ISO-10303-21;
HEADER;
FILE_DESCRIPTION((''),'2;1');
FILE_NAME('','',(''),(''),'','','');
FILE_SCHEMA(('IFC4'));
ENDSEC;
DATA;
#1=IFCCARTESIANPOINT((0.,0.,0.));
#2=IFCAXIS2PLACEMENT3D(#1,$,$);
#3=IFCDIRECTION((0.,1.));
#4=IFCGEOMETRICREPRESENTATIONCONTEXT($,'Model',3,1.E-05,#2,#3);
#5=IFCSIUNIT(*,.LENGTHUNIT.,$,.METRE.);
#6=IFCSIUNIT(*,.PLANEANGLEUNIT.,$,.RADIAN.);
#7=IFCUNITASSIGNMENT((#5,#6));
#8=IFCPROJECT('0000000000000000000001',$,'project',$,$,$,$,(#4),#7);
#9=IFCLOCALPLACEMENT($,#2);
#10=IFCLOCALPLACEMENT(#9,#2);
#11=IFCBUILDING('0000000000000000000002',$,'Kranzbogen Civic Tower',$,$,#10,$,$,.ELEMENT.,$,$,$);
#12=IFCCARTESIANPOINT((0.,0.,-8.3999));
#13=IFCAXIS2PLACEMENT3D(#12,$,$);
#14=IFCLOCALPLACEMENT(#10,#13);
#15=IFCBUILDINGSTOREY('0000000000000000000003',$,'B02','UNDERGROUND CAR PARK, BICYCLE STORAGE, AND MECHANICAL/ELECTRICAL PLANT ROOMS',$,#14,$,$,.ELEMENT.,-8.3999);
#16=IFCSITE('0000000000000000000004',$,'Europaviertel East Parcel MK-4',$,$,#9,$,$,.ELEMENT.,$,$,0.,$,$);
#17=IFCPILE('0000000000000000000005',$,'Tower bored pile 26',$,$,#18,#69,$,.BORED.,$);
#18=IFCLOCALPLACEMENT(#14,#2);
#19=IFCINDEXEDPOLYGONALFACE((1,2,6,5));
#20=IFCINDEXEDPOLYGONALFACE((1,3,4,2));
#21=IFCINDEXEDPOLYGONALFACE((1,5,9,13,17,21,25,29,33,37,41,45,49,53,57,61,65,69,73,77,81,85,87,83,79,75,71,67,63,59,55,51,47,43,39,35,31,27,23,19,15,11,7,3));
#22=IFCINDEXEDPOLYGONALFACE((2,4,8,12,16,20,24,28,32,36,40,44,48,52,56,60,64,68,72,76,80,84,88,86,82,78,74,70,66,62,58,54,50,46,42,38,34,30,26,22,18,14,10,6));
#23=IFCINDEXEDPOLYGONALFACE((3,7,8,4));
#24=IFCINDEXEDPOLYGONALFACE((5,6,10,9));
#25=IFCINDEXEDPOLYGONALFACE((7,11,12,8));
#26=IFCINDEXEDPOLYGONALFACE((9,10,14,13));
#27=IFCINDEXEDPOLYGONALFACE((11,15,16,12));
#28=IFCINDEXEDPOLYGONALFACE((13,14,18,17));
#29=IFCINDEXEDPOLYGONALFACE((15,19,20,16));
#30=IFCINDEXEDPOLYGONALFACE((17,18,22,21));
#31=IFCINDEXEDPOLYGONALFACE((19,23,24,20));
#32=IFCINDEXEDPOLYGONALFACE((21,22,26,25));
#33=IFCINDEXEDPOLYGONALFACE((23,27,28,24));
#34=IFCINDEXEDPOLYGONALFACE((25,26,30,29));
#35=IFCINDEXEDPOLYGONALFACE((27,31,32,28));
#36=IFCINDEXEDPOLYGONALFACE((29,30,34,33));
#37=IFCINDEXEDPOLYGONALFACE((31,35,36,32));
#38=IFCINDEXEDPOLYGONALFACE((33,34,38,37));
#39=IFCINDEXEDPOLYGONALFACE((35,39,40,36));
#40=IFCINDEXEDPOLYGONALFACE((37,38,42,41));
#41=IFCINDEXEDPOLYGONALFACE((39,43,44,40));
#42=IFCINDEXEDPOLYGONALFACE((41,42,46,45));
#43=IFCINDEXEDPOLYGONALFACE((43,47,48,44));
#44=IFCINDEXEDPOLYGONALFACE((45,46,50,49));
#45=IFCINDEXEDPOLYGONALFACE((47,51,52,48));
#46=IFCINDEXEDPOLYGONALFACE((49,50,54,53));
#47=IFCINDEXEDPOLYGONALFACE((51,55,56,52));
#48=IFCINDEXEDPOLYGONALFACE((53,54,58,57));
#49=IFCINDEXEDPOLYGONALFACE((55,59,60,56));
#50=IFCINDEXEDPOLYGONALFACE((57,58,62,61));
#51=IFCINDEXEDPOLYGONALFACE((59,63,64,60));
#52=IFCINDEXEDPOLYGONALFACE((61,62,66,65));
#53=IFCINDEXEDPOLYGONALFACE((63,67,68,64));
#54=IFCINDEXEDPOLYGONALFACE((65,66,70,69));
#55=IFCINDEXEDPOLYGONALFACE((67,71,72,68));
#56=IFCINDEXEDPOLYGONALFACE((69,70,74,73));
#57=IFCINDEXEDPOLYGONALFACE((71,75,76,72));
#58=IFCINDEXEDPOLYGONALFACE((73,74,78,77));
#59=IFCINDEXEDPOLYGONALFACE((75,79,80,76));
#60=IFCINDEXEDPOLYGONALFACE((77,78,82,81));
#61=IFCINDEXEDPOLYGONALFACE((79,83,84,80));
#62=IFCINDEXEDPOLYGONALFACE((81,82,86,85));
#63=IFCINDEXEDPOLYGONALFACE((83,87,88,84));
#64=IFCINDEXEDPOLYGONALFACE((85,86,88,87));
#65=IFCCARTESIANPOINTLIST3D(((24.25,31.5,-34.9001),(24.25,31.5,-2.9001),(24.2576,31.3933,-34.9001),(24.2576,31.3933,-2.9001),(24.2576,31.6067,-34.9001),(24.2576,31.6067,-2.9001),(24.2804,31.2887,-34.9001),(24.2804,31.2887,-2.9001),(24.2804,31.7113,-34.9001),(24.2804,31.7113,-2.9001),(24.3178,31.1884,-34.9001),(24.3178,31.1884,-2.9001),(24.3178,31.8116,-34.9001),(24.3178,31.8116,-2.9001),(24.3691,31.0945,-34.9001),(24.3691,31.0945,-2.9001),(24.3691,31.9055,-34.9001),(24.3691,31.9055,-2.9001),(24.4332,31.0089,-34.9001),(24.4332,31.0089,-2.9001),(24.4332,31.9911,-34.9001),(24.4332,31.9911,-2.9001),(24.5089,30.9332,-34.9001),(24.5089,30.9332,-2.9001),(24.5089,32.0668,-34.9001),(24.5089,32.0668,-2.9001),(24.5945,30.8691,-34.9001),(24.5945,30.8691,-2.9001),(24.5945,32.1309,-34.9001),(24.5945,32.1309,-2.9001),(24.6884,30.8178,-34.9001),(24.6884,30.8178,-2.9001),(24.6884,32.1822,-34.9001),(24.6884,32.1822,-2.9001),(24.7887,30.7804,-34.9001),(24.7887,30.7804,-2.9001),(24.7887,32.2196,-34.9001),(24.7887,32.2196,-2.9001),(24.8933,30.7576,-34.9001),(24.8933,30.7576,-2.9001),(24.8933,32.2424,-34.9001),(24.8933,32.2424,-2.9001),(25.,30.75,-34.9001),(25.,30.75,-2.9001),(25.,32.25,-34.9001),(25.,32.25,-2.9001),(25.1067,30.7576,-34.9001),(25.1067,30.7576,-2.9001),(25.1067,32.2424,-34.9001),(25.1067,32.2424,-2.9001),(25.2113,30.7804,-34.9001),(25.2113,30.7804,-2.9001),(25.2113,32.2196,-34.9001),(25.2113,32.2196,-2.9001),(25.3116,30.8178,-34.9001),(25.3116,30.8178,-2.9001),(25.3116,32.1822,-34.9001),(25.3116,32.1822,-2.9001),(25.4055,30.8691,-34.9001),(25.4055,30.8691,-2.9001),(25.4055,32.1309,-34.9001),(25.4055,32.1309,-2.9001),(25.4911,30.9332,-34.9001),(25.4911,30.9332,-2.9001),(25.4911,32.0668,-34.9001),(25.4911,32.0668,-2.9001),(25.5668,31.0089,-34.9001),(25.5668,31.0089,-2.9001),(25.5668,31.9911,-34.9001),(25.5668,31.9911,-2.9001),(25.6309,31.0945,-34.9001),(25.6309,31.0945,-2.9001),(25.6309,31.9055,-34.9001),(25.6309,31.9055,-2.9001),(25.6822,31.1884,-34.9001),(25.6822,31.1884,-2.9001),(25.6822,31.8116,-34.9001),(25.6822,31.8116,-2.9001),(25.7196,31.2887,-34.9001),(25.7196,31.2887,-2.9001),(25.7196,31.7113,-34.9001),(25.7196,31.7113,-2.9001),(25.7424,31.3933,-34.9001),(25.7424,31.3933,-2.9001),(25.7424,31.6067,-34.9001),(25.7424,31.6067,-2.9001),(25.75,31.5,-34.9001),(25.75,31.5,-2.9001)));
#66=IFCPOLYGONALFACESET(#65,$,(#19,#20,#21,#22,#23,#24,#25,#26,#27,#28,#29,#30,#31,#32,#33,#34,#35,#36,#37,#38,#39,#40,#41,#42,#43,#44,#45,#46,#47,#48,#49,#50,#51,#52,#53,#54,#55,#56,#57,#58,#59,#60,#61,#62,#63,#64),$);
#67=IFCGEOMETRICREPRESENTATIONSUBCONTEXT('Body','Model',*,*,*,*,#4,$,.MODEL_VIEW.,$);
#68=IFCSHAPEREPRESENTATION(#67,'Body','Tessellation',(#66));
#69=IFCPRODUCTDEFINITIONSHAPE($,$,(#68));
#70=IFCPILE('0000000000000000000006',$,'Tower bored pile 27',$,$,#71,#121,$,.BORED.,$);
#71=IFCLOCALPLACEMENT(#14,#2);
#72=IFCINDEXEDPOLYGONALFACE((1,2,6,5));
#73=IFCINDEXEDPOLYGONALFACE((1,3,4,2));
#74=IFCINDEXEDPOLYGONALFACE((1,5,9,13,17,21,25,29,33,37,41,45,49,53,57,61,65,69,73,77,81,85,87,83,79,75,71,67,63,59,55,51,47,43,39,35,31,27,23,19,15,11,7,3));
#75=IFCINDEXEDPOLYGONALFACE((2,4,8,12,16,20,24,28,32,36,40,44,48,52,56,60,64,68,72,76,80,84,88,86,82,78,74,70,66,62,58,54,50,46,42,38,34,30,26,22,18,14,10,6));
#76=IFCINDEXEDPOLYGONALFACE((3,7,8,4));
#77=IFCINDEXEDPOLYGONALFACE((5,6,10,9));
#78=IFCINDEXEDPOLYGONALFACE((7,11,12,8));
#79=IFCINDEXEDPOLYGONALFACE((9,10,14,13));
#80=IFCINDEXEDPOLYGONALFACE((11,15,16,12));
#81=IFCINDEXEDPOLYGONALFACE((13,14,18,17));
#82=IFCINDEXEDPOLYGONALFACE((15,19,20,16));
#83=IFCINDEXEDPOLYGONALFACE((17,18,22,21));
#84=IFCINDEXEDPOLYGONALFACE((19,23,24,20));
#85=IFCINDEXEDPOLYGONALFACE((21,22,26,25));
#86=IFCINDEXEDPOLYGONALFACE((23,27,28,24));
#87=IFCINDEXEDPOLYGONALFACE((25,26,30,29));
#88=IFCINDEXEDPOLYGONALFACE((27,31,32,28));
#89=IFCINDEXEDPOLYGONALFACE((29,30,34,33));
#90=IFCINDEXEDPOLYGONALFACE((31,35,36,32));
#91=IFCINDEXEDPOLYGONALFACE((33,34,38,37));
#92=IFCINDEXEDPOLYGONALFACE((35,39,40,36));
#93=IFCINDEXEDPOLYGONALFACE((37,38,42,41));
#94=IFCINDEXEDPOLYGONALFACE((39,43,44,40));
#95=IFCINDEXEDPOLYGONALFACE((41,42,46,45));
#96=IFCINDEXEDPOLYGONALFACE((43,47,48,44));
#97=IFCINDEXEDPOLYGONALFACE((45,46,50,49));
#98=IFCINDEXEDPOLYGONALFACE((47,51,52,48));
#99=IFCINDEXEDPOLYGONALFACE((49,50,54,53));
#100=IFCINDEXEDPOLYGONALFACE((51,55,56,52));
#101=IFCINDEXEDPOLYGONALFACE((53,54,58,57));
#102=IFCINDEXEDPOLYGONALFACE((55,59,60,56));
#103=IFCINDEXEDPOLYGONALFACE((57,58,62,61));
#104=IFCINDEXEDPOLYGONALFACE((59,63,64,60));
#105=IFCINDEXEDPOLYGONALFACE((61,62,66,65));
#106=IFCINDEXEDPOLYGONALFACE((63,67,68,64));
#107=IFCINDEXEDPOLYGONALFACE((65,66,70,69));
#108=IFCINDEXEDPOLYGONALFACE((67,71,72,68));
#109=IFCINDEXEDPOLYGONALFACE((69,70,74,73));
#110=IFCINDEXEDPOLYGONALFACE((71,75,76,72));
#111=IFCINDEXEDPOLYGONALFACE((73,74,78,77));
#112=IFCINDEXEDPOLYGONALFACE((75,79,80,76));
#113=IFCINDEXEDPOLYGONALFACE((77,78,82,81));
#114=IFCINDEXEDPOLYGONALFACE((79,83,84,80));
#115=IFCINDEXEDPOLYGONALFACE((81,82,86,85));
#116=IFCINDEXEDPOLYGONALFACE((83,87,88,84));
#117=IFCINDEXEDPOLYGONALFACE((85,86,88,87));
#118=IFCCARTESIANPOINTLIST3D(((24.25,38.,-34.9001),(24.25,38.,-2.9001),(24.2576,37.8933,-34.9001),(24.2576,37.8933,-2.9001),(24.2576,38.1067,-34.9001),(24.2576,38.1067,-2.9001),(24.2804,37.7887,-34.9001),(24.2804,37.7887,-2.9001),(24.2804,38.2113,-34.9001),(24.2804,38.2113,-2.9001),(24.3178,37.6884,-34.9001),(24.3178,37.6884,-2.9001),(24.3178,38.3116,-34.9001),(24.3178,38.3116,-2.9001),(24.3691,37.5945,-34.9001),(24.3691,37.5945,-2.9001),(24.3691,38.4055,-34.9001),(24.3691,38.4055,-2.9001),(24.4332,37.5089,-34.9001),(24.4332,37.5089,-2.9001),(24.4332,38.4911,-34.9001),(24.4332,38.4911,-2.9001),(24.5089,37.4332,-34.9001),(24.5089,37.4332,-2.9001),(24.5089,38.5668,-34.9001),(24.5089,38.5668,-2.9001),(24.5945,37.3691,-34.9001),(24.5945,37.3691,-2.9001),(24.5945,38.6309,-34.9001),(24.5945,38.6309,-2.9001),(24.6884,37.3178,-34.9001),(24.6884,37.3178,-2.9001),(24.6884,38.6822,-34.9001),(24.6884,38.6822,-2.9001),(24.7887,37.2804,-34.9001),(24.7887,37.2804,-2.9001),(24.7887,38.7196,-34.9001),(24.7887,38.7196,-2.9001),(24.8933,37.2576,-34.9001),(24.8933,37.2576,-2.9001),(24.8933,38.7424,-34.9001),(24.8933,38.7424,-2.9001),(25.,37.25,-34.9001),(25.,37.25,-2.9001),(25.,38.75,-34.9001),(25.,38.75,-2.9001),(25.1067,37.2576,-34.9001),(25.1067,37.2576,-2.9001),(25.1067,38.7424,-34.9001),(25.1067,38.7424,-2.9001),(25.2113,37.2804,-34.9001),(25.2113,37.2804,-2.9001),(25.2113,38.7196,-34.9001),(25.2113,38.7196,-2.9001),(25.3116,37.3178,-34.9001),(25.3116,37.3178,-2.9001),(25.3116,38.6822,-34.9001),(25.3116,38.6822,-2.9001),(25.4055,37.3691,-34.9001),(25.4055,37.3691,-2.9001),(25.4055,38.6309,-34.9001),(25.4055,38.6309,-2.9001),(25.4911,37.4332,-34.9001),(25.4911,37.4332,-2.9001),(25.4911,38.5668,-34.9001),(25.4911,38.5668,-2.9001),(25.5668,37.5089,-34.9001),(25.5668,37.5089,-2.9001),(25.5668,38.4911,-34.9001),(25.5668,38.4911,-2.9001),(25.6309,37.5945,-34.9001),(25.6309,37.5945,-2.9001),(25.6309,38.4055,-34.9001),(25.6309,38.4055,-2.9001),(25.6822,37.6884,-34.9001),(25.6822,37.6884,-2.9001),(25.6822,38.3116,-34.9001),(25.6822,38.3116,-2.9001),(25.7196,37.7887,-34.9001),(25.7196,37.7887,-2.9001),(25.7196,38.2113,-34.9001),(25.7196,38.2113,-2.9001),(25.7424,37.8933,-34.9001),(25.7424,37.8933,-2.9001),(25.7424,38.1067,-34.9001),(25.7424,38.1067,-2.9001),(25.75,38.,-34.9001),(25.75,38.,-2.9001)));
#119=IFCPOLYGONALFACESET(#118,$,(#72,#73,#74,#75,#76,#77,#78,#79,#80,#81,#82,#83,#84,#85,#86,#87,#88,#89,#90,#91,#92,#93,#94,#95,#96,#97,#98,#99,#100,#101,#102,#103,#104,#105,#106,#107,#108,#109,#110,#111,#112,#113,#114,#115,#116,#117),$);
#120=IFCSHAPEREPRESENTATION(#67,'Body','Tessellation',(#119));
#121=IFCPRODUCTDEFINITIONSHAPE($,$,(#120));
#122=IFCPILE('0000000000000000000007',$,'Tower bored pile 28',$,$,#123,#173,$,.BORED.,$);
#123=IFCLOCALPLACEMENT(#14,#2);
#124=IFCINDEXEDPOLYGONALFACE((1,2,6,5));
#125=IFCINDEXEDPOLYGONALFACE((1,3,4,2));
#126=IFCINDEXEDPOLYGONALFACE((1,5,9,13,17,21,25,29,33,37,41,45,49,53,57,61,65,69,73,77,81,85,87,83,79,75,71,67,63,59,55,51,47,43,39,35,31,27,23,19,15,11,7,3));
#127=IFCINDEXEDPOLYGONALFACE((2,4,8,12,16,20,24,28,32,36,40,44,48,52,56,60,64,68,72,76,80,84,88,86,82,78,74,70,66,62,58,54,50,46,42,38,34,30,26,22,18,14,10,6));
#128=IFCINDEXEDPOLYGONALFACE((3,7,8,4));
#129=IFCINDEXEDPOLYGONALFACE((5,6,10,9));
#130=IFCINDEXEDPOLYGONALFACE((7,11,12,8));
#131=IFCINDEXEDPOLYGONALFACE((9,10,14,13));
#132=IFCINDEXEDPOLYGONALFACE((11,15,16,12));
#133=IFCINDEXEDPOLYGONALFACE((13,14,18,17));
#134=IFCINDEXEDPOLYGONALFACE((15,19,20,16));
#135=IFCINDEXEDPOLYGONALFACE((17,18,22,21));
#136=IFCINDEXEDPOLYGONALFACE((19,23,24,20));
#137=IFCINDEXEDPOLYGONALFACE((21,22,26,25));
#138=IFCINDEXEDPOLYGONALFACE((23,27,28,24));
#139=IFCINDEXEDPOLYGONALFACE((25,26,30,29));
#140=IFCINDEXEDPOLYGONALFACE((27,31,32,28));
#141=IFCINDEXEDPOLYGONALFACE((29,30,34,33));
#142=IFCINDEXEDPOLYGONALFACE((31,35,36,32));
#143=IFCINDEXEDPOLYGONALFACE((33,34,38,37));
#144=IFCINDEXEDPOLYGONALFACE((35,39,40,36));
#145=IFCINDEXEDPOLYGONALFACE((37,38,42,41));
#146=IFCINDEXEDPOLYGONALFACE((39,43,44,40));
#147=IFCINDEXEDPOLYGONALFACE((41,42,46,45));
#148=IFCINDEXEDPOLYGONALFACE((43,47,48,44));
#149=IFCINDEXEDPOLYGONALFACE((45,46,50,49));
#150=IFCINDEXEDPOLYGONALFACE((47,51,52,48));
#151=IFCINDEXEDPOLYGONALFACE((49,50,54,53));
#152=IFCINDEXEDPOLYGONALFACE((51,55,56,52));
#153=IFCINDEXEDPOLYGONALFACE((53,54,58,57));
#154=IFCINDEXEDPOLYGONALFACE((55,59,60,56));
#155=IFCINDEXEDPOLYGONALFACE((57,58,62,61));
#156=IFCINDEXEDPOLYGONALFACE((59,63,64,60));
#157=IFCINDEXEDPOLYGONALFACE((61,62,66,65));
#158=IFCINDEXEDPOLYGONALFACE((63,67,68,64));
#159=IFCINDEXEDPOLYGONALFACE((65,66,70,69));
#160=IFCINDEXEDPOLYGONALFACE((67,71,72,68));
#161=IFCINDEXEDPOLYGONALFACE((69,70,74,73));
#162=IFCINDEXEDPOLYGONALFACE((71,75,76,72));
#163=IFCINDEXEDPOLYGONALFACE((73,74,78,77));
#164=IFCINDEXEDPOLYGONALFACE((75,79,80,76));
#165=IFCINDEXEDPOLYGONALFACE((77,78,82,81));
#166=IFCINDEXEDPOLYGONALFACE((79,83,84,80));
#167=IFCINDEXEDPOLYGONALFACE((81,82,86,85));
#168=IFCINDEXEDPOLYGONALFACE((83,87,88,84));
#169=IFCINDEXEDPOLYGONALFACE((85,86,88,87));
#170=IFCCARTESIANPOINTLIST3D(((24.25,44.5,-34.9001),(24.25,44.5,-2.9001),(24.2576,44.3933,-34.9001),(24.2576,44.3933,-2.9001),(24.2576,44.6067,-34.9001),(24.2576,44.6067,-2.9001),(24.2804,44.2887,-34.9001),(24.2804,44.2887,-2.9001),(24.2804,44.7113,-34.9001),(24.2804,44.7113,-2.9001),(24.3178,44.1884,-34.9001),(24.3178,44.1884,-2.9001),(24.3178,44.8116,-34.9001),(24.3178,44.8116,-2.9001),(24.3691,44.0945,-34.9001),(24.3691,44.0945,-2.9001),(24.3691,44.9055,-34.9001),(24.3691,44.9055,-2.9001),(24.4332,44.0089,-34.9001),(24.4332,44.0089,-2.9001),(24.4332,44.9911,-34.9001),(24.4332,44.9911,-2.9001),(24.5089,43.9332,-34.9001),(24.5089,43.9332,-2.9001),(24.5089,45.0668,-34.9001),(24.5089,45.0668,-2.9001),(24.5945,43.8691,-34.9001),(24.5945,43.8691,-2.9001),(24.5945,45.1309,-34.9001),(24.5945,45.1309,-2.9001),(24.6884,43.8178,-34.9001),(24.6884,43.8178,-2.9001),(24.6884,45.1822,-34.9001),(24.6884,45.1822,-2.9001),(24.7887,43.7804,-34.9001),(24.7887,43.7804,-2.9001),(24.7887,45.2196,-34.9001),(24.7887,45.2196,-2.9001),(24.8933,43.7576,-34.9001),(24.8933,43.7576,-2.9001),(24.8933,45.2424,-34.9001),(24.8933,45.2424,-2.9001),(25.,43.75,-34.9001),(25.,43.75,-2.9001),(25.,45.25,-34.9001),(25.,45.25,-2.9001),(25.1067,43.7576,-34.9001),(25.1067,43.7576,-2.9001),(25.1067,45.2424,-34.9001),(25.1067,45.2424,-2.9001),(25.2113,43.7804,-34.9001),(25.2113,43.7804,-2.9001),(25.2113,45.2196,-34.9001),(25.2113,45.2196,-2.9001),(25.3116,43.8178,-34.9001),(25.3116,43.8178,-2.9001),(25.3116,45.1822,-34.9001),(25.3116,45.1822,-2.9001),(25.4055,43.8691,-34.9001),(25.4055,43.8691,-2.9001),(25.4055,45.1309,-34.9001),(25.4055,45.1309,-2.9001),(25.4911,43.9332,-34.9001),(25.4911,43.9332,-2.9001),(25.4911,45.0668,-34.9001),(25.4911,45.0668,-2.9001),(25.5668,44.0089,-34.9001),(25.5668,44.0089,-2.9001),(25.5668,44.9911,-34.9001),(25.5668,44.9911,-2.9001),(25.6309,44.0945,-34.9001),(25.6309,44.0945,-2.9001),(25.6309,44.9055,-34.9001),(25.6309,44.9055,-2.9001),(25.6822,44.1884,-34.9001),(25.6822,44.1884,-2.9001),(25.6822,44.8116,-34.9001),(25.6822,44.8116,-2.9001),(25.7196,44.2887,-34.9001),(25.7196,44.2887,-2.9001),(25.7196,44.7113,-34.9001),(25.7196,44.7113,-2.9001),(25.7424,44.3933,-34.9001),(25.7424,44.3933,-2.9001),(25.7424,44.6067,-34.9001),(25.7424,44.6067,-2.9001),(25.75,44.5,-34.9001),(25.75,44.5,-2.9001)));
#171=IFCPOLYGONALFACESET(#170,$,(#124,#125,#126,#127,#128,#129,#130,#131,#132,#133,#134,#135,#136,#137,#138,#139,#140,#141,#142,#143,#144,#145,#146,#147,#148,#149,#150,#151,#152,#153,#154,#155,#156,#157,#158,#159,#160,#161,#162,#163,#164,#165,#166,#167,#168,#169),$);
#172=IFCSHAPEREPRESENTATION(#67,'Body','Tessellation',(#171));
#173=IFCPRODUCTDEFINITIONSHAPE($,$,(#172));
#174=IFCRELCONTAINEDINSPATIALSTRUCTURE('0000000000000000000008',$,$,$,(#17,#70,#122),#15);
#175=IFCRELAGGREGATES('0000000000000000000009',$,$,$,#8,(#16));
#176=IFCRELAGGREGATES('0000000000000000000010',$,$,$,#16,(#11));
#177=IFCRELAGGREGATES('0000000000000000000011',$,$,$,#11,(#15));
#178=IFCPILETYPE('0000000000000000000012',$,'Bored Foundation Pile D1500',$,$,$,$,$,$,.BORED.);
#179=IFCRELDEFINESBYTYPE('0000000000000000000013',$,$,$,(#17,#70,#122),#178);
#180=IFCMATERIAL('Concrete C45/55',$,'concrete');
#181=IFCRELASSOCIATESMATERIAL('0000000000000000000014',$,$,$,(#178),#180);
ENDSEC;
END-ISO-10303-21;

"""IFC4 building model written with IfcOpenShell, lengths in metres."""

from ifc_helpers import new_model, si_unit, direction, frame, origin, origin_2d, place, context, subcontext, project, spatial, circle, extrude, material, material_profile, profile_set, type_object, element, save


model = new_model("IFC4")

# Units and contexts
model_context = context("Model", 3, precision=1e-05, world=origin(), true_north=direction((0.0, 1.0)))
body_context = subcontext(model_context, "Body", "Model", "MODEL_VIEW")
ifc_project = project(units=[si_unit("LENGTHUNIT", "METRE"), si_unit("PLANEANGLEUNIT", "RADIAN")], contexts=[model_context])

# Site, building, storey
site_placement = place(None, origin())
site = spatial("IfcSite", under=ifc_project, at=site_placement, Name="Europaviertel East Parcel MK-4", CompositionType="ELEMENT", RefElevation=0.0)
building_placement = place(site_placement, origin())
building = spatial("IfcBuilding", under=site, at=building_placement, Name="Kranzbogen Civic Tower", CompositionType="ELEMENT")
storey_placement = place(building_placement, frame((0.0, 0.0, -8.3999)))
storey = spatial("IfcBuildingStorey", under=building, at=storey_placement, Name="B02", Description="UNDERGROUND CAR PARK, BICYCLE STORAGE, AND MECHANICAL/ELECTRICAL PLANT ROOMS", CompositionType="ELEMENT", Elevation=-8.3999)

# Piles
ifc_material_1 = material(Name="Concrete C45/55", Category="concrete")
ifc_material_profile_1 = material_profile(ifc_material_1, circle(Radius=0.75, at=origin_2d()), Name="PILE D1500")
ifc_profile_set_1 = profile_set([ifc_material_profile_1], Name="Concrete C45/55")
pile_type = type_object("IfcPileType", Name="Bored Foundation Pile D1500", PredefinedType="BORED", material=ifc_profile_set_1)
for number, where, z_axis, x_axis, name in (
    (1, (25.0, 31.5, -2.9001), (0.0, 0.0, -1.0), (1.0, 0.0, 0.0), "Tower bored pile 26"),
    (2, (25.0, 38.0, -2.9001), (0.0, 0.0, -1.0), (1.0, 0.0, 0.0), "Tower bored pile 27"),
    (3, (25.0, 44.5, -2.9001), (0.0, 0.0, -1.0), (1.0, 0.0, 0.0), "Tower bored pile 28"),
):
    element("IfcPile", number, at=place(storey_placement, frame(where, z_axis=z_axis, x_axis=x_axis)), inside=storey, type_object=pile_type, Name=name, PredefinedType="BORED", context=body_context, shape_type="SweptSolid", body=[
        extrude(circle(Radius=0.75, at=origin_2d()), origin(), (0.0, 0.0, 1.0), 32.0),
    ])

save(model, "model.ifc")
